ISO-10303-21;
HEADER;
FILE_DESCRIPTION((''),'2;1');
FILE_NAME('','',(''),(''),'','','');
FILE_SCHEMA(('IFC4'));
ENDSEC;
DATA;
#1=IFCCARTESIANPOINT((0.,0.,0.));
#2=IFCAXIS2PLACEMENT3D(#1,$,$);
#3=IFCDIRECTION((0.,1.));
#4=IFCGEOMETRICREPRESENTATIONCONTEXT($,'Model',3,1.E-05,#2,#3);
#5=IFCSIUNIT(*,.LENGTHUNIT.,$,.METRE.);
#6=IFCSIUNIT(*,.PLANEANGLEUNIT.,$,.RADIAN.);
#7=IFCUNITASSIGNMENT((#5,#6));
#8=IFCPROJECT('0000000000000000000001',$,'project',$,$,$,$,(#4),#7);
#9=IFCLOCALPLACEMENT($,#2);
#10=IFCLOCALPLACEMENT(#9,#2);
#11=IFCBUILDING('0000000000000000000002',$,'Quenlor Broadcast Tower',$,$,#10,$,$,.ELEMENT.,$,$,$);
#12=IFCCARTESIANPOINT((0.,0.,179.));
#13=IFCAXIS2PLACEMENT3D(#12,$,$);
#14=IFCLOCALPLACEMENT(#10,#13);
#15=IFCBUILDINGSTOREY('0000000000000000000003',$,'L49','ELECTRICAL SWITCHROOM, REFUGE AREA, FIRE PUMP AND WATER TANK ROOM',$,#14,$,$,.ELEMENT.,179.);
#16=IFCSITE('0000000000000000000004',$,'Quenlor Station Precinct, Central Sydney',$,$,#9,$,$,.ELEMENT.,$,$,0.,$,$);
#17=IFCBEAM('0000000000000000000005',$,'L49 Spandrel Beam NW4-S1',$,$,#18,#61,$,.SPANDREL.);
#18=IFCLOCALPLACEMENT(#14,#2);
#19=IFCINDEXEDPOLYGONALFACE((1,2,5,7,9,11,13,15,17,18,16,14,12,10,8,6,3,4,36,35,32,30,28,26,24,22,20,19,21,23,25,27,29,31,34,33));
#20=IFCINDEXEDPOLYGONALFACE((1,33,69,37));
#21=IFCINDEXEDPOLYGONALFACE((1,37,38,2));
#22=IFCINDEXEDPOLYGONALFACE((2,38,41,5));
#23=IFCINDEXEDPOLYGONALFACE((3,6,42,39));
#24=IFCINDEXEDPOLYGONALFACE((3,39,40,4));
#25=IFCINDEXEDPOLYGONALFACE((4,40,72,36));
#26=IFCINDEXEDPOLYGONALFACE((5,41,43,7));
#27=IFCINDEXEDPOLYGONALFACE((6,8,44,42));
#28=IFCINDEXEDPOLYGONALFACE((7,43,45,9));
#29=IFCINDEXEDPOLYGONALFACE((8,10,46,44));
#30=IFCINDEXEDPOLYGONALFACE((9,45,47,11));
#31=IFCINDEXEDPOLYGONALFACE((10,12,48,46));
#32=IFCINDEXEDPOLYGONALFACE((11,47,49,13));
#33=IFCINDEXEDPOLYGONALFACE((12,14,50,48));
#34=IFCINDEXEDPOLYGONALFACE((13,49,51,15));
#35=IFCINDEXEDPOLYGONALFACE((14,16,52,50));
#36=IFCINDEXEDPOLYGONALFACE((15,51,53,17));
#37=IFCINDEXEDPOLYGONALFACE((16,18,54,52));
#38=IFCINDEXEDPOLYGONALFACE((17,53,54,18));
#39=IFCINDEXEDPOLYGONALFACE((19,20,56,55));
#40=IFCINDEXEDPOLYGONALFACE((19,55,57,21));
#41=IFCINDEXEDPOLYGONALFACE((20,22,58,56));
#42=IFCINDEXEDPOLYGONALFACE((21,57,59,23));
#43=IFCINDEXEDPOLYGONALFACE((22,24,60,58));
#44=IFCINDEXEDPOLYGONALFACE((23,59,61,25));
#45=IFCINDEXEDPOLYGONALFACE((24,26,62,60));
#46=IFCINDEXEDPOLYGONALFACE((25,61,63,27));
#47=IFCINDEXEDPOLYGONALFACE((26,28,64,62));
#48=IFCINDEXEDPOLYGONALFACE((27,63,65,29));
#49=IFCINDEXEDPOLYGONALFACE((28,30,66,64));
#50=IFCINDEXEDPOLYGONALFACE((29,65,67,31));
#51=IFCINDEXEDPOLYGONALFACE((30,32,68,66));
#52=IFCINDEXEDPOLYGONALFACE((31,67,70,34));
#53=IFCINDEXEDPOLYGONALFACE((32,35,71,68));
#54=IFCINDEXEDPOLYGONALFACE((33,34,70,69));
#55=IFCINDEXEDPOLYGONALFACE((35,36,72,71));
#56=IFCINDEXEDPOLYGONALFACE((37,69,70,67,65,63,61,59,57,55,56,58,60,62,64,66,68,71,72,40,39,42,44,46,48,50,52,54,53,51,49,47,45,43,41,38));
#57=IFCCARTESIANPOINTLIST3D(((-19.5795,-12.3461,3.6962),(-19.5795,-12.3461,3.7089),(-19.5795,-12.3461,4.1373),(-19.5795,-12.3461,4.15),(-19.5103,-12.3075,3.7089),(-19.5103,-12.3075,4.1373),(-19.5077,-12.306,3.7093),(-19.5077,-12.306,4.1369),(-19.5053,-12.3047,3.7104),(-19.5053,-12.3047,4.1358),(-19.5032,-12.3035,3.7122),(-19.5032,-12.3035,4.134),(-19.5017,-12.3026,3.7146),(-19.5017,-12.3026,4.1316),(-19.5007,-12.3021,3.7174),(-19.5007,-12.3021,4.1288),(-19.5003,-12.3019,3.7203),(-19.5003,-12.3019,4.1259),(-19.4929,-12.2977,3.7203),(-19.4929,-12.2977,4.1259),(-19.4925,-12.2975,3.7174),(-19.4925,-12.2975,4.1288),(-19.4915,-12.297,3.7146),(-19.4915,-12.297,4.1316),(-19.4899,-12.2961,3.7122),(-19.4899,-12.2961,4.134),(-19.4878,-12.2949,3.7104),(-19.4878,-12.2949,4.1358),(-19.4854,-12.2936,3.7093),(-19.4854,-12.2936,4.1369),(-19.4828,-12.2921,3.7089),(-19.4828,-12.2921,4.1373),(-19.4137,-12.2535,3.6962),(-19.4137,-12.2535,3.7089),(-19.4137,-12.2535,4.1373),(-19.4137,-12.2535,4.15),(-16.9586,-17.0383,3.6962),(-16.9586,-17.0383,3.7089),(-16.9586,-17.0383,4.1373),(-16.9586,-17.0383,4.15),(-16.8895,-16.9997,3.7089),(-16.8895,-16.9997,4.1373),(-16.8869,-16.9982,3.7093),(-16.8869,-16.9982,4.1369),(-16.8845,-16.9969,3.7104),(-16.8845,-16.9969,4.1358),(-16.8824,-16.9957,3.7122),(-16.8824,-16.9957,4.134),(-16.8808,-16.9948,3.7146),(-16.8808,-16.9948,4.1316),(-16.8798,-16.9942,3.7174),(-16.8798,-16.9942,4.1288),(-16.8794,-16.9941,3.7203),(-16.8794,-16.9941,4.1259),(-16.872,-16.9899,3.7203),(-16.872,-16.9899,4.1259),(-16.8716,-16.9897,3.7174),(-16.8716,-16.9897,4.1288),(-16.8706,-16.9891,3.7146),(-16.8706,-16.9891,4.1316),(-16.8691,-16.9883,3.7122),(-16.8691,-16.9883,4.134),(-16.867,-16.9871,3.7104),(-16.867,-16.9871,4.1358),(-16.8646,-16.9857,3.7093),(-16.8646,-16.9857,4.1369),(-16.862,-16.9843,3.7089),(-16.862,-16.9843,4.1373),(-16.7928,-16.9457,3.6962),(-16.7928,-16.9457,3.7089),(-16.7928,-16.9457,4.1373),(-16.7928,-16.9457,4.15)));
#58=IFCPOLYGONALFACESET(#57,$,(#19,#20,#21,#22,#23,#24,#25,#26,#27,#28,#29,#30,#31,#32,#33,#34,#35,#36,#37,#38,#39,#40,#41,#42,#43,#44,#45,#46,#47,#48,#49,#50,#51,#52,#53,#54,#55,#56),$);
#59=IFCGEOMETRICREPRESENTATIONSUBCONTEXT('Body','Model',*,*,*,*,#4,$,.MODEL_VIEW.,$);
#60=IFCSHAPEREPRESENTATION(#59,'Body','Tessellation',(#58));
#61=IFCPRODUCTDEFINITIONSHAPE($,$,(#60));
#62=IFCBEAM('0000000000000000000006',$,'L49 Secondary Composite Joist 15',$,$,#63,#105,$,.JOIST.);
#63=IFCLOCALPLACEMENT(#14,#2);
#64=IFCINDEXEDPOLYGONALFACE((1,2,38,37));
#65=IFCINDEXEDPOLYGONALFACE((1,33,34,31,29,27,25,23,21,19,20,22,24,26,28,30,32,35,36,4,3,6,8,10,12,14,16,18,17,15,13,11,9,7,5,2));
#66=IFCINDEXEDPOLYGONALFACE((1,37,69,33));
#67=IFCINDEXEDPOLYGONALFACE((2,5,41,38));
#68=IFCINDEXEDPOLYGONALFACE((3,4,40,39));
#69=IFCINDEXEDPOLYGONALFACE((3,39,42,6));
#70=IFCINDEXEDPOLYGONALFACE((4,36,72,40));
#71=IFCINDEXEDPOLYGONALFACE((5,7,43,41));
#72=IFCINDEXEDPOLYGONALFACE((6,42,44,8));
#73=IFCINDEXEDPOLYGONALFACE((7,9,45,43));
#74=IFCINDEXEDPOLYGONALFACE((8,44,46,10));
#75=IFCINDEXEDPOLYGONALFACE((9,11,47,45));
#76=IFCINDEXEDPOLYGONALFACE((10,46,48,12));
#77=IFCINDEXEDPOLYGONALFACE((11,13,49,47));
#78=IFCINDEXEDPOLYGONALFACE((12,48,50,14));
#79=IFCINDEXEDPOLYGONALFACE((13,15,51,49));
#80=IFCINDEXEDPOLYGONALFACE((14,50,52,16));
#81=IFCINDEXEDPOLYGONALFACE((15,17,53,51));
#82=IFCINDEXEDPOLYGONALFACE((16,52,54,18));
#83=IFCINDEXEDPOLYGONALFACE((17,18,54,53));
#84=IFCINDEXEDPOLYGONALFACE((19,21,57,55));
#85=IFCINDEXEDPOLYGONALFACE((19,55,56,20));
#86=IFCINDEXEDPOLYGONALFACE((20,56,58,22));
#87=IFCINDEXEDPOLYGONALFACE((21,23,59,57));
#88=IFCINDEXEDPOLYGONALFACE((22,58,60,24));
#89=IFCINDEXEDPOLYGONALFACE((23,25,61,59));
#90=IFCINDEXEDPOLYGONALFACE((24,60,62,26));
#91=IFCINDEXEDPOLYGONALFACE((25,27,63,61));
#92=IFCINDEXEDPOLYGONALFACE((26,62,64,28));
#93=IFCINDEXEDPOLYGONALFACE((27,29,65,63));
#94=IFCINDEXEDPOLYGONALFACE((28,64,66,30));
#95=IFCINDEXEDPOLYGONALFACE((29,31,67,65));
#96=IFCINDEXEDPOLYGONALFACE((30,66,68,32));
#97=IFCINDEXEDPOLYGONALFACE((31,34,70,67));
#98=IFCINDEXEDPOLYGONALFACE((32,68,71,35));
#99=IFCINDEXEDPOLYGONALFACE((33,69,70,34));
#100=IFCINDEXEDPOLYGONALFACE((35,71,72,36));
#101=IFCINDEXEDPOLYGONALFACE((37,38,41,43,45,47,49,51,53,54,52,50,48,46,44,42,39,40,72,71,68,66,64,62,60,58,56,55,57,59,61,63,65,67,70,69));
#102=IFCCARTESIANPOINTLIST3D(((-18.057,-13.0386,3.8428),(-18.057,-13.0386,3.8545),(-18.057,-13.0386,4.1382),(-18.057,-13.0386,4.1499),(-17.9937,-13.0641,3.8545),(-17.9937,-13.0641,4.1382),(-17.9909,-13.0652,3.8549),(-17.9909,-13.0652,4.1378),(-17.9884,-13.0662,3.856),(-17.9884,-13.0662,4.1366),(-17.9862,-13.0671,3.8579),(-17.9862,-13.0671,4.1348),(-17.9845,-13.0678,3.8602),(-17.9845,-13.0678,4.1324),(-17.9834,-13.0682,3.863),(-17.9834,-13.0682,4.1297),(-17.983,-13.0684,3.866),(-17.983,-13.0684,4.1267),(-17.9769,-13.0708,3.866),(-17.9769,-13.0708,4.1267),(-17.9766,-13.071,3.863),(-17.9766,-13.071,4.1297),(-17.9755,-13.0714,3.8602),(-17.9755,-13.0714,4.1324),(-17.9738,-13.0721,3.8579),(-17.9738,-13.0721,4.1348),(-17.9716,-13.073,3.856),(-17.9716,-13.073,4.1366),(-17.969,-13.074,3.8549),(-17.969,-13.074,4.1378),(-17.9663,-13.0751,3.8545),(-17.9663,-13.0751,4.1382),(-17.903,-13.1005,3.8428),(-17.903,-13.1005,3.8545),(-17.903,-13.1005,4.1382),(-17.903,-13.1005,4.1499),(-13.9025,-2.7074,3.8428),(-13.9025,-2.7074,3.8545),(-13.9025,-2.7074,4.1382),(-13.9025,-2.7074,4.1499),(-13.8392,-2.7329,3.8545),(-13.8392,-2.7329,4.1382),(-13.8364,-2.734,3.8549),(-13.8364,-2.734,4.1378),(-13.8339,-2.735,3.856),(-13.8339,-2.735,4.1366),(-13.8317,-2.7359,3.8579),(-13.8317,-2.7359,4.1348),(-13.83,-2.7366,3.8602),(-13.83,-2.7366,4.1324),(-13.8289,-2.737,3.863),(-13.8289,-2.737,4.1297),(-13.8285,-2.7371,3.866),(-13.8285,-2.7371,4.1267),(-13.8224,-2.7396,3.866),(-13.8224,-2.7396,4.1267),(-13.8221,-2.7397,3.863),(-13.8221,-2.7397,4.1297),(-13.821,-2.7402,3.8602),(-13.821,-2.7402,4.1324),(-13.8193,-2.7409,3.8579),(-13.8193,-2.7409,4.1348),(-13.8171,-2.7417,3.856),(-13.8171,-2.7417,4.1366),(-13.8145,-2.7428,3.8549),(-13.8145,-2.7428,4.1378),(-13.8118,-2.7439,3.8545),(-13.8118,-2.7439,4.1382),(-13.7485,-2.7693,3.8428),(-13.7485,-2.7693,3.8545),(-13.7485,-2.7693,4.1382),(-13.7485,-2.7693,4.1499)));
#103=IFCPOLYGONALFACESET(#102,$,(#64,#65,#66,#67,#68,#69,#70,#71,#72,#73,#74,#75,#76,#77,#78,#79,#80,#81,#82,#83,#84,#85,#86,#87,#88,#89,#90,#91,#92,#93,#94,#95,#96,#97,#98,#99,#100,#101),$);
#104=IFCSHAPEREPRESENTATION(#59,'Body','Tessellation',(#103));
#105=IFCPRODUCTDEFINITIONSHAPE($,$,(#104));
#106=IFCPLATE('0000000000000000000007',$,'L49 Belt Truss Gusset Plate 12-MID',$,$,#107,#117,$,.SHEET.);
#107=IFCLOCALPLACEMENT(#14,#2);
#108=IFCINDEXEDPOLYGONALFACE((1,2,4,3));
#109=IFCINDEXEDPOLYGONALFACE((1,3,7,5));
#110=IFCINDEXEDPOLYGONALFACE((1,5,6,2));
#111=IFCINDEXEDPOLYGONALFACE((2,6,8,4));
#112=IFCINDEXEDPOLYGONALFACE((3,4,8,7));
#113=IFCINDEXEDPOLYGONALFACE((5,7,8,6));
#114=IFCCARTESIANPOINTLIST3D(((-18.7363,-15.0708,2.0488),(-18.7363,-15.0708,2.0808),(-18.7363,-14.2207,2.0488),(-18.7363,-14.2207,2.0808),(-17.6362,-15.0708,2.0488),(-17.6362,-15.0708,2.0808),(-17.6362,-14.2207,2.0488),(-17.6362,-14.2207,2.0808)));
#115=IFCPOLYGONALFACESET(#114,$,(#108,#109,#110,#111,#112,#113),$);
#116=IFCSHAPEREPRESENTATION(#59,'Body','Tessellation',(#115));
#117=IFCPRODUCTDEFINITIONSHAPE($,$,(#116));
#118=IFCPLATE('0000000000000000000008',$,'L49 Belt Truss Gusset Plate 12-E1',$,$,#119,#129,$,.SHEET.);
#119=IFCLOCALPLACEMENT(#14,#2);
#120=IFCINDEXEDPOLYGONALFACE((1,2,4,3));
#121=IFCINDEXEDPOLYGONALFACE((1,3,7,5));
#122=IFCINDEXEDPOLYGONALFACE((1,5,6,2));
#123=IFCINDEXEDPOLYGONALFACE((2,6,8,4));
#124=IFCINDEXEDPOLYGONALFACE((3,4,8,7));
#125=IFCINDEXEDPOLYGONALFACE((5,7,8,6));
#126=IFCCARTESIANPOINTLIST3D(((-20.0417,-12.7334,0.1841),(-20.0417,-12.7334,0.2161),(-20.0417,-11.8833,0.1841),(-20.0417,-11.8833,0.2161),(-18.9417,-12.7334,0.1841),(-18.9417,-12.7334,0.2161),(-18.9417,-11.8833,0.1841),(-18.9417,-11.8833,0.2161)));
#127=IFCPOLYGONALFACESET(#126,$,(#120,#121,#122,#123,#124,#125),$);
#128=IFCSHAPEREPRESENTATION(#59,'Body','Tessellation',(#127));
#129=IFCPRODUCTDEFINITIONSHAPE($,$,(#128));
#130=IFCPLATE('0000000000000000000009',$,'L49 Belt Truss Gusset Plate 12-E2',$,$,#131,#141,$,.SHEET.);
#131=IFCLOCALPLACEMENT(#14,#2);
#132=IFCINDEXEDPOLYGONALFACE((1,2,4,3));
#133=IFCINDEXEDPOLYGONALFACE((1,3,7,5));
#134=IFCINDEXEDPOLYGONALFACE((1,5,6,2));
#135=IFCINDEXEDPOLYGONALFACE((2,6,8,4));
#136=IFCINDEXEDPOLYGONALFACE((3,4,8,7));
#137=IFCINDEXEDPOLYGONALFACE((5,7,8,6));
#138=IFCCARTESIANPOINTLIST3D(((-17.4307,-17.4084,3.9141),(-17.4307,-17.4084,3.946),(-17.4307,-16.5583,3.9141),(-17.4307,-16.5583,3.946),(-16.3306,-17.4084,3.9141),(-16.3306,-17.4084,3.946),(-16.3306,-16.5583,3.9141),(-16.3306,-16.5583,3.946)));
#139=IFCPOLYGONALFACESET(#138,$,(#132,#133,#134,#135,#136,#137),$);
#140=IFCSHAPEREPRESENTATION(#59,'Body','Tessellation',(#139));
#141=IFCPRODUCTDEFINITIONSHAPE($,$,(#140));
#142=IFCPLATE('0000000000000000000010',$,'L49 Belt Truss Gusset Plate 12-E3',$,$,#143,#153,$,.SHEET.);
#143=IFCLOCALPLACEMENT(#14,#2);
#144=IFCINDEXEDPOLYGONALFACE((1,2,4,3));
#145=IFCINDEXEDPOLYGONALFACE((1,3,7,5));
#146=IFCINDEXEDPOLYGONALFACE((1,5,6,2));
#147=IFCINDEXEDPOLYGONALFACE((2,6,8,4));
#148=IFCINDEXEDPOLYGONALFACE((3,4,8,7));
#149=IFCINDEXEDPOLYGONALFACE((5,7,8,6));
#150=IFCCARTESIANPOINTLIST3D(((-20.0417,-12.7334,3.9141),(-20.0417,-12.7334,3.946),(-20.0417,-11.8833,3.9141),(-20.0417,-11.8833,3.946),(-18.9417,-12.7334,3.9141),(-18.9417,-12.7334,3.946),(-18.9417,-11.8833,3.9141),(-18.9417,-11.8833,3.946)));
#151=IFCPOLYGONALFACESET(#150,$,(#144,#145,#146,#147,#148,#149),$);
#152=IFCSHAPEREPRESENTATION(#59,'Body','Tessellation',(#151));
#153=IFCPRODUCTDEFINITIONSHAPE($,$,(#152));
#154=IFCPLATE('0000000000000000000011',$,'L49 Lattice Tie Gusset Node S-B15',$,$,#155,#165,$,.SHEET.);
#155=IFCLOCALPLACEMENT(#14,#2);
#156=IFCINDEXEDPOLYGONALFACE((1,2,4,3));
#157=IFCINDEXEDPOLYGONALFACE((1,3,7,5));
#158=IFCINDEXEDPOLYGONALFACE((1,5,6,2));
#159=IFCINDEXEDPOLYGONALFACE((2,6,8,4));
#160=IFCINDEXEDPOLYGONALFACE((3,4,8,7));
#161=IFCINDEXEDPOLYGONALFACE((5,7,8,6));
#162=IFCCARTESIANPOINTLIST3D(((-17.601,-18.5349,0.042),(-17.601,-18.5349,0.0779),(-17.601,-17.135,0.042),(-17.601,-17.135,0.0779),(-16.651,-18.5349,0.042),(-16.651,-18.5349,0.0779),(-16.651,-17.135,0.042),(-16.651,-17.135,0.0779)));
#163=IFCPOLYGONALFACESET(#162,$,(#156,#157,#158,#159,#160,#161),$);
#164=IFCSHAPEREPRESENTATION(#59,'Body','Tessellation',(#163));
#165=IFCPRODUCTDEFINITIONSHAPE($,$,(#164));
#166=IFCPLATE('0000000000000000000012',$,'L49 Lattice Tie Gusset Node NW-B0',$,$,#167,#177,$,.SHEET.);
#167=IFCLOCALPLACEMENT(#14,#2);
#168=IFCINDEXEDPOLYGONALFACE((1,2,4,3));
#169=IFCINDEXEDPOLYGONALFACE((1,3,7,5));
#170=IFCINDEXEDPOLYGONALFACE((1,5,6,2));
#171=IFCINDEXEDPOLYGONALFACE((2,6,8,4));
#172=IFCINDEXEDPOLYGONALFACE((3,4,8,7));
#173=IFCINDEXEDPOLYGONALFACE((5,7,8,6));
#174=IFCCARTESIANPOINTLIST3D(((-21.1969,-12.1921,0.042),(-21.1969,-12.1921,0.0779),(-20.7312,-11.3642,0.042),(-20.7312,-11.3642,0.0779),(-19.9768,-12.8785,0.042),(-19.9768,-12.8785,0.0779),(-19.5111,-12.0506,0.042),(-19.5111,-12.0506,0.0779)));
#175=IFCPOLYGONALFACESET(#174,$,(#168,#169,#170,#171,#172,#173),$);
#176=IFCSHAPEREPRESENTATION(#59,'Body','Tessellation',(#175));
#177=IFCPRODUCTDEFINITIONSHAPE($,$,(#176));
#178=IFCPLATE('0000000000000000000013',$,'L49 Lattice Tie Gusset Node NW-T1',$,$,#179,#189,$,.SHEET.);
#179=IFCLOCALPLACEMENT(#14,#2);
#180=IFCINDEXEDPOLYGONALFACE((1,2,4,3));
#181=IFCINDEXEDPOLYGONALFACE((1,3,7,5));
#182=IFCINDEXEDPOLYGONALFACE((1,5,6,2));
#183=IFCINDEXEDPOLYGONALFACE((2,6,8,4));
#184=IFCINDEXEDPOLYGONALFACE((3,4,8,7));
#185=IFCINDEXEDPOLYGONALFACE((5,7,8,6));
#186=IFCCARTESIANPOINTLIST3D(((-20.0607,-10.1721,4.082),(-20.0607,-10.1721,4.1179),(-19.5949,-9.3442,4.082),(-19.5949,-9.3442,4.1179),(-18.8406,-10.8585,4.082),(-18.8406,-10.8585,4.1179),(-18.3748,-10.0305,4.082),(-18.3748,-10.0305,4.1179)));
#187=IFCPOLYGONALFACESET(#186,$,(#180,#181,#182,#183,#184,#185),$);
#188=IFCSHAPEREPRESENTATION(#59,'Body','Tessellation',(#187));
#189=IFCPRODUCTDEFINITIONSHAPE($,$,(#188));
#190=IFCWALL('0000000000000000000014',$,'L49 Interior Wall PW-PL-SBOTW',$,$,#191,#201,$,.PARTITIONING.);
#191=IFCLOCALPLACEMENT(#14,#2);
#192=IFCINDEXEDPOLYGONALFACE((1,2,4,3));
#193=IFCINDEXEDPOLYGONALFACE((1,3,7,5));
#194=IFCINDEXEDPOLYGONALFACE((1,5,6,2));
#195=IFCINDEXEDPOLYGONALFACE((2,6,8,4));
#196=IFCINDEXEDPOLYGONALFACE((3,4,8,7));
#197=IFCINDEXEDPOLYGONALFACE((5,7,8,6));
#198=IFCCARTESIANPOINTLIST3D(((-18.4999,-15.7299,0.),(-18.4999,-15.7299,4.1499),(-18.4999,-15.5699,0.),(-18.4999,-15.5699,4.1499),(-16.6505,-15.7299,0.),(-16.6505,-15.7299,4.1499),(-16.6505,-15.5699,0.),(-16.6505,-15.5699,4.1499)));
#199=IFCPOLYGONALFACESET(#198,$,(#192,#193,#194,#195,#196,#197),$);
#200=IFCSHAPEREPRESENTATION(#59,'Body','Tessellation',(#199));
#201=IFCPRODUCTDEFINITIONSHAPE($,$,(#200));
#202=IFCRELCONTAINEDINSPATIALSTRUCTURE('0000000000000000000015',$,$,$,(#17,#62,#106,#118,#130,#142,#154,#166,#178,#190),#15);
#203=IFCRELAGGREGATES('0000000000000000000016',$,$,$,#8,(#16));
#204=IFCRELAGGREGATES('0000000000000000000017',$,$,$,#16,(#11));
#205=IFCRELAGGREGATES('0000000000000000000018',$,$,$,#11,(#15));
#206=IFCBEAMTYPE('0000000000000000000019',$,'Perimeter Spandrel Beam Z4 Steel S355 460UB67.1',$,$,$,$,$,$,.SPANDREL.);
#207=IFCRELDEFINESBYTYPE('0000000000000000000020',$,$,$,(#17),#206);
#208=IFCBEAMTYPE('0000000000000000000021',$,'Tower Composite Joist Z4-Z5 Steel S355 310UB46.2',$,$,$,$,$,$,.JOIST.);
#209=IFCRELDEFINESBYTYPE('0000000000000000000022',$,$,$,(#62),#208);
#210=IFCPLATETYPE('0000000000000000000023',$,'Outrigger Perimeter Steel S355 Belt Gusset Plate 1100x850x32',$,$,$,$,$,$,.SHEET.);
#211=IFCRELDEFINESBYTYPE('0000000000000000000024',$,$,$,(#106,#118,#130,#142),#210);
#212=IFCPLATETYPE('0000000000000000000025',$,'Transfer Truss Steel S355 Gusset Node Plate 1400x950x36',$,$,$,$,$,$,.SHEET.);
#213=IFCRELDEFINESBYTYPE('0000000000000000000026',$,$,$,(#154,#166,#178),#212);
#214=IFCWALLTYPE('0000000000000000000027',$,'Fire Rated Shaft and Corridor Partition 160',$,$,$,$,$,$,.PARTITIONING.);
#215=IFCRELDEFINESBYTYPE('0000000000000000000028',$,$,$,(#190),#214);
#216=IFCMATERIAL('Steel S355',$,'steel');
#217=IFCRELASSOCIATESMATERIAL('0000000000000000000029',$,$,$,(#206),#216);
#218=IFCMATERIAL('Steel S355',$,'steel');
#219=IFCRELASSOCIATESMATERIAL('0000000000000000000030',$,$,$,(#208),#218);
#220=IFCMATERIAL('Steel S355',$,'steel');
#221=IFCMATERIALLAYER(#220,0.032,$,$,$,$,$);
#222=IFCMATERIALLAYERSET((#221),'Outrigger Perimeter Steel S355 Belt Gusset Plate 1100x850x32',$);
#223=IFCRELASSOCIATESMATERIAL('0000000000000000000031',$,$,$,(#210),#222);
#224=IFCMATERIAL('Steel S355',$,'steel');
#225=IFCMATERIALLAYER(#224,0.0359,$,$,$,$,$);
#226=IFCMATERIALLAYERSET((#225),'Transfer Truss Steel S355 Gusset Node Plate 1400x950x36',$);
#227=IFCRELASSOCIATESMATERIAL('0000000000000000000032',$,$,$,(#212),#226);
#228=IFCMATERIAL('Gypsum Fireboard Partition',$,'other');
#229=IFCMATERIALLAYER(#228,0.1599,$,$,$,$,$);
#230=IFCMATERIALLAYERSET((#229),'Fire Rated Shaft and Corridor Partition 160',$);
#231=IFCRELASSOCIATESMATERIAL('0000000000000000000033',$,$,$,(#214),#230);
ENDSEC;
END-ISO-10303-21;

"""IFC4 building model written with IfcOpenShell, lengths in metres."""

from ifc_helpers import new_model, si_unit, direction, frame, frame_2d, origin, origin_2d, place, context, subcontext, project, spatial, rectangle, i_section, extrude, material, layer, layer_set, material_profile, profile_set, type_object, element, save


model = new_model("IFC4")

# Units and contexts
model_context = context("Model", 3, precision=1e-05, world=origin(), true_north=direction((0.0, 1.0)))
body_context = subcontext(model_context, "Body", "Model", "MODEL_VIEW")
ifc_project = project(units=[si_unit("LENGTHUNIT", "METRE"), si_unit("PLANEANGLEUNIT", "RADIAN")], contexts=[model_context])

# Site, building, storey
site_placement = place(None, origin())
site = spatial("IfcSite", under=ifc_project, at=site_placement, Name="Quenlor Station Precinct, Central Sydney", CompositionType="ELEMENT", RefElevation=0.0)
building_placement = place(site_placement, origin())
building = spatial("IfcBuilding", under=site, at=building_placement, Name="Quenlor Broadcast Tower", CompositionType="ELEMENT")
storey_placement = place(building_placement, frame((0.0, 0.0, 179.0)))
storey = spatial("IfcBuildingStorey", under=building, at=storey_placement, Name="L49", Description="ELECTRICAL SWITCHROOM, REFUGE AREA, FIRE PUMP AND WATER TANK ROOM", CompositionType="ELEMENT", Elevation=179.0)

# Beams
ifc_material_1 = material(Name="Steel S355", Category="steel")
ifc_material_profile_1 = material_profile(ifc_material_1, i_section(OverallWidth=0.1899, OverallDepth=0.4539, WebThickness=0.0085, FlangeThickness=0.0127, FilletRadius=0.0115, at=origin_2d()))
ifc_profile_set_1 = profile_set([ifc_material_profile_1], Name="Steel S355 460UB67.1")
beam_type_1 = type_object("IfcBeamType", Name="Perimeter Spandrel Beam Z4 Steel S355 460UB67.1", PredefinedType="SPANDREL", material=ifc_profile_set_1)
beam_1_placement = place(storey_placement, frame((-19.4966, -12.2998, 3.9231), z_axis=(0.487647, -0.873041, 0.0), x_axis=(0.873041, 0.487647, 0.0)))
element("IfcBeam", 1, at=beam_1_placement, inside=storey, type_object=beam_type_1, Name="L49 Spandrel Beam NW4-S1", PredefinedType="SPANDREL", context=body_context, shape_type="SweptSolid", body=[
    extrude(i_section(OverallWidth=0.1899, OverallDepth=0.4539, WebThickness=0.0085, FlangeThickness=0.0127, FilletRadius=0.0115, at=origin_2d()), origin(), (0.0, 0.0, 1.0), 5.3745),
])
ifc_material_2 = material(Name="Steel S355", Category="steel")
ifc_material_profile_2 = material_profile(ifc_material_2, i_section(OverallWidth=0.166, OverallDepth=0.3071, WebThickness=0.0066, FlangeThickness=0.0117, FilletRadius=0.0115, at=origin_2d()))
ifc_profile_set_2 = profile_set([ifc_material_profile_2], Name="Steel S355 310UB46.2")
beam_type_2 = type_object("IfcBeamType", Name="Tower Composite Joist Z4-Z5 Steel S355 310UB46.2", PredefinedType="JOIST", material=ifc_profile_set_2)
beam_2_placement = place(storey_placement, frame((-17.98, -13.0696, 3.9963), z_axis=(0.373095, 0.927793, 0.0), x_axis=(-0.927793, 0.373095, 0.0)))
element("IfcBeam", 2, at=beam_2_placement, inside=storey, type_object=beam_type_2, Name="L49 Secondary Composite Joist 15", PredefinedType="JOIST", context=body_context, shape_type="SweptSolid", body=[
    extrude(i_section(OverallWidth=0.166, OverallDepth=0.3071, WebThickness=0.0066, FlangeThickness=0.0117, FilletRadius=0.0115, at=origin_2d()), origin(), (0.0, 0.0, 1.0), 11.1353),
])

# Plates
ifc_material_3 = material(Name="Steel S355", Category="steel")
ifc_layer_1 = layer(ifc_material_3, 0.032)
ifc_layer_set_1 = layer_set([ifc_layer_1], Name="Outrigger Perimeter Steel S355 Belt Gusset Plate 1100x850x32")
plate_type_1 = type_object("IfcPlateType", Name="Outrigger Perimeter Steel S355 Belt Gusset Plate 1100x850x32", PredefinedType="SHEET", material=ifc_layer_set_1)
for number, where, z_axis, x_axis, name in (
    (3, (-18.1863, -14.6458, 2.0488), (0.0, 0.0, 1.0), (1.0, 0.0, 0.0), "L49 Belt Truss Gusset Plate 12-MID"),
    (4, (-19.4917, -12.3083, 0.1841), (0.0, 0.0, 1.0), (1.0, 0.0, 0.0), "L49 Belt Truss Gusset Plate 12-E1"),
    (5, (-16.8806, -16.9834, 3.9141), (0.0, 0.0, 1.0), (1.0, 0.0, 0.0), "L49 Belt Truss Gusset Plate 12-E2"),
    (6, (-19.4917, -12.3083, 3.9141), (0.0, 0.0, 1.0), (1.0, 0.0, 0.0), "L49 Belt Truss Gusset Plate 12-E3"),
):
    element("IfcPlate", number, at=place(storey_placement, frame(where, z_axis=z_axis, x_axis=x_axis)), inside=storey, type_object=plate_type_1, Name=name, PredefinedType="SHEET", context=body_context, shape_type="SweptSolid", body=[
        extrude(rectangle(XDim=1.1001, YDim=0.8501, at=origin_2d()), origin(), (0.0, 0.0, 1.0), 0.032),
    ])
ifc_material_4 = material(Name="Steel S355", Category="steel")
ifc_layer_2 = layer(ifc_material_4, 0.0359)
ifc_layer_set_2 = layer_set([ifc_layer_2], Name="Transfer Truss Steel S355 Gusset Node Plate 1400x950x36")
plate_type_2 = type_object("IfcPlateType", Name="Transfer Truss Steel S355 Gusset Node Plate 1400x950x36", PredefinedType="SHEET", material=ifc_layer_set_2)
for number, where, z_axis, x_axis, name in (
    (7, (-17.126, -17.835, 0.042), (0.0, 0.0, 1.0), (0.0, -1.0, 0.0), "L49 Lattice Tie Gusset Node S-B15"),
    (8, (-20.354, -12.1213, 0.042), (0.0, 0.0, 1.0), (-0.871556, 0.490295, 0.0), "L49 Lattice Tie Gusset Node NW-B0"),
    (9, (-19.2178, -10.1013, 4.082), (0.0, 0.0, 1.0), (-0.871556, 0.490295, 0.0), "L49 Lattice Tie Gusset Node NW-T1"),
):
    element("IfcPlate", number, at=place(storey_placement, frame(where, z_axis=z_axis, x_axis=x_axis)), inside=storey, type_object=plate_type_2, Name=name, PredefinedType="SHEET", context=body_context, shape_type="SweptSolid", body=[
        extrude(rectangle(XDim=1.3999, YDim=0.95, at=origin_2d()), origin(), (0.0, 0.0, 1.0), 0.0359),
    ])

# Wall
ifc_material_5 = material(Name="Gypsum Fireboard Partition", Category="other")
ifc_layer_3 = layer(ifc_material_5, 0.1599)
ifc_layer_set_3 = layer_set([ifc_layer_3], Name="Fire Rated Shaft and Corridor Partition 160")
wall_type_1 = type_object("IfcWallType", Name="Fire Rated Shaft and Corridor Partition 160", PredefinedType="PARTITIONING", material=ifc_layer_set_3)
wall_1_placement = place(storey_placement, frame((-18.5, -15.6499, 0.0), z_axis=(0.0, 0.0, 1.0), x_axis=(1.0, 0.0, 0.0)))
element("IfcWall", 10, at=wall_1_placement, inside=storey, type_object=wall_type_1, Name="L49 Interior Wall PW-PL-SBOTW", PredefinedType="PARTITIONING", context=body_context, shape_type="SweptSolid", body=[
    extrude(rectangle(XDim=1.8494, YDim=0.1599, at=frame_2d((0.9248, 0.0))), origin(), (0.0, 0.0, 1.0), 4.1499),
])

save(model, "model.ifc")
